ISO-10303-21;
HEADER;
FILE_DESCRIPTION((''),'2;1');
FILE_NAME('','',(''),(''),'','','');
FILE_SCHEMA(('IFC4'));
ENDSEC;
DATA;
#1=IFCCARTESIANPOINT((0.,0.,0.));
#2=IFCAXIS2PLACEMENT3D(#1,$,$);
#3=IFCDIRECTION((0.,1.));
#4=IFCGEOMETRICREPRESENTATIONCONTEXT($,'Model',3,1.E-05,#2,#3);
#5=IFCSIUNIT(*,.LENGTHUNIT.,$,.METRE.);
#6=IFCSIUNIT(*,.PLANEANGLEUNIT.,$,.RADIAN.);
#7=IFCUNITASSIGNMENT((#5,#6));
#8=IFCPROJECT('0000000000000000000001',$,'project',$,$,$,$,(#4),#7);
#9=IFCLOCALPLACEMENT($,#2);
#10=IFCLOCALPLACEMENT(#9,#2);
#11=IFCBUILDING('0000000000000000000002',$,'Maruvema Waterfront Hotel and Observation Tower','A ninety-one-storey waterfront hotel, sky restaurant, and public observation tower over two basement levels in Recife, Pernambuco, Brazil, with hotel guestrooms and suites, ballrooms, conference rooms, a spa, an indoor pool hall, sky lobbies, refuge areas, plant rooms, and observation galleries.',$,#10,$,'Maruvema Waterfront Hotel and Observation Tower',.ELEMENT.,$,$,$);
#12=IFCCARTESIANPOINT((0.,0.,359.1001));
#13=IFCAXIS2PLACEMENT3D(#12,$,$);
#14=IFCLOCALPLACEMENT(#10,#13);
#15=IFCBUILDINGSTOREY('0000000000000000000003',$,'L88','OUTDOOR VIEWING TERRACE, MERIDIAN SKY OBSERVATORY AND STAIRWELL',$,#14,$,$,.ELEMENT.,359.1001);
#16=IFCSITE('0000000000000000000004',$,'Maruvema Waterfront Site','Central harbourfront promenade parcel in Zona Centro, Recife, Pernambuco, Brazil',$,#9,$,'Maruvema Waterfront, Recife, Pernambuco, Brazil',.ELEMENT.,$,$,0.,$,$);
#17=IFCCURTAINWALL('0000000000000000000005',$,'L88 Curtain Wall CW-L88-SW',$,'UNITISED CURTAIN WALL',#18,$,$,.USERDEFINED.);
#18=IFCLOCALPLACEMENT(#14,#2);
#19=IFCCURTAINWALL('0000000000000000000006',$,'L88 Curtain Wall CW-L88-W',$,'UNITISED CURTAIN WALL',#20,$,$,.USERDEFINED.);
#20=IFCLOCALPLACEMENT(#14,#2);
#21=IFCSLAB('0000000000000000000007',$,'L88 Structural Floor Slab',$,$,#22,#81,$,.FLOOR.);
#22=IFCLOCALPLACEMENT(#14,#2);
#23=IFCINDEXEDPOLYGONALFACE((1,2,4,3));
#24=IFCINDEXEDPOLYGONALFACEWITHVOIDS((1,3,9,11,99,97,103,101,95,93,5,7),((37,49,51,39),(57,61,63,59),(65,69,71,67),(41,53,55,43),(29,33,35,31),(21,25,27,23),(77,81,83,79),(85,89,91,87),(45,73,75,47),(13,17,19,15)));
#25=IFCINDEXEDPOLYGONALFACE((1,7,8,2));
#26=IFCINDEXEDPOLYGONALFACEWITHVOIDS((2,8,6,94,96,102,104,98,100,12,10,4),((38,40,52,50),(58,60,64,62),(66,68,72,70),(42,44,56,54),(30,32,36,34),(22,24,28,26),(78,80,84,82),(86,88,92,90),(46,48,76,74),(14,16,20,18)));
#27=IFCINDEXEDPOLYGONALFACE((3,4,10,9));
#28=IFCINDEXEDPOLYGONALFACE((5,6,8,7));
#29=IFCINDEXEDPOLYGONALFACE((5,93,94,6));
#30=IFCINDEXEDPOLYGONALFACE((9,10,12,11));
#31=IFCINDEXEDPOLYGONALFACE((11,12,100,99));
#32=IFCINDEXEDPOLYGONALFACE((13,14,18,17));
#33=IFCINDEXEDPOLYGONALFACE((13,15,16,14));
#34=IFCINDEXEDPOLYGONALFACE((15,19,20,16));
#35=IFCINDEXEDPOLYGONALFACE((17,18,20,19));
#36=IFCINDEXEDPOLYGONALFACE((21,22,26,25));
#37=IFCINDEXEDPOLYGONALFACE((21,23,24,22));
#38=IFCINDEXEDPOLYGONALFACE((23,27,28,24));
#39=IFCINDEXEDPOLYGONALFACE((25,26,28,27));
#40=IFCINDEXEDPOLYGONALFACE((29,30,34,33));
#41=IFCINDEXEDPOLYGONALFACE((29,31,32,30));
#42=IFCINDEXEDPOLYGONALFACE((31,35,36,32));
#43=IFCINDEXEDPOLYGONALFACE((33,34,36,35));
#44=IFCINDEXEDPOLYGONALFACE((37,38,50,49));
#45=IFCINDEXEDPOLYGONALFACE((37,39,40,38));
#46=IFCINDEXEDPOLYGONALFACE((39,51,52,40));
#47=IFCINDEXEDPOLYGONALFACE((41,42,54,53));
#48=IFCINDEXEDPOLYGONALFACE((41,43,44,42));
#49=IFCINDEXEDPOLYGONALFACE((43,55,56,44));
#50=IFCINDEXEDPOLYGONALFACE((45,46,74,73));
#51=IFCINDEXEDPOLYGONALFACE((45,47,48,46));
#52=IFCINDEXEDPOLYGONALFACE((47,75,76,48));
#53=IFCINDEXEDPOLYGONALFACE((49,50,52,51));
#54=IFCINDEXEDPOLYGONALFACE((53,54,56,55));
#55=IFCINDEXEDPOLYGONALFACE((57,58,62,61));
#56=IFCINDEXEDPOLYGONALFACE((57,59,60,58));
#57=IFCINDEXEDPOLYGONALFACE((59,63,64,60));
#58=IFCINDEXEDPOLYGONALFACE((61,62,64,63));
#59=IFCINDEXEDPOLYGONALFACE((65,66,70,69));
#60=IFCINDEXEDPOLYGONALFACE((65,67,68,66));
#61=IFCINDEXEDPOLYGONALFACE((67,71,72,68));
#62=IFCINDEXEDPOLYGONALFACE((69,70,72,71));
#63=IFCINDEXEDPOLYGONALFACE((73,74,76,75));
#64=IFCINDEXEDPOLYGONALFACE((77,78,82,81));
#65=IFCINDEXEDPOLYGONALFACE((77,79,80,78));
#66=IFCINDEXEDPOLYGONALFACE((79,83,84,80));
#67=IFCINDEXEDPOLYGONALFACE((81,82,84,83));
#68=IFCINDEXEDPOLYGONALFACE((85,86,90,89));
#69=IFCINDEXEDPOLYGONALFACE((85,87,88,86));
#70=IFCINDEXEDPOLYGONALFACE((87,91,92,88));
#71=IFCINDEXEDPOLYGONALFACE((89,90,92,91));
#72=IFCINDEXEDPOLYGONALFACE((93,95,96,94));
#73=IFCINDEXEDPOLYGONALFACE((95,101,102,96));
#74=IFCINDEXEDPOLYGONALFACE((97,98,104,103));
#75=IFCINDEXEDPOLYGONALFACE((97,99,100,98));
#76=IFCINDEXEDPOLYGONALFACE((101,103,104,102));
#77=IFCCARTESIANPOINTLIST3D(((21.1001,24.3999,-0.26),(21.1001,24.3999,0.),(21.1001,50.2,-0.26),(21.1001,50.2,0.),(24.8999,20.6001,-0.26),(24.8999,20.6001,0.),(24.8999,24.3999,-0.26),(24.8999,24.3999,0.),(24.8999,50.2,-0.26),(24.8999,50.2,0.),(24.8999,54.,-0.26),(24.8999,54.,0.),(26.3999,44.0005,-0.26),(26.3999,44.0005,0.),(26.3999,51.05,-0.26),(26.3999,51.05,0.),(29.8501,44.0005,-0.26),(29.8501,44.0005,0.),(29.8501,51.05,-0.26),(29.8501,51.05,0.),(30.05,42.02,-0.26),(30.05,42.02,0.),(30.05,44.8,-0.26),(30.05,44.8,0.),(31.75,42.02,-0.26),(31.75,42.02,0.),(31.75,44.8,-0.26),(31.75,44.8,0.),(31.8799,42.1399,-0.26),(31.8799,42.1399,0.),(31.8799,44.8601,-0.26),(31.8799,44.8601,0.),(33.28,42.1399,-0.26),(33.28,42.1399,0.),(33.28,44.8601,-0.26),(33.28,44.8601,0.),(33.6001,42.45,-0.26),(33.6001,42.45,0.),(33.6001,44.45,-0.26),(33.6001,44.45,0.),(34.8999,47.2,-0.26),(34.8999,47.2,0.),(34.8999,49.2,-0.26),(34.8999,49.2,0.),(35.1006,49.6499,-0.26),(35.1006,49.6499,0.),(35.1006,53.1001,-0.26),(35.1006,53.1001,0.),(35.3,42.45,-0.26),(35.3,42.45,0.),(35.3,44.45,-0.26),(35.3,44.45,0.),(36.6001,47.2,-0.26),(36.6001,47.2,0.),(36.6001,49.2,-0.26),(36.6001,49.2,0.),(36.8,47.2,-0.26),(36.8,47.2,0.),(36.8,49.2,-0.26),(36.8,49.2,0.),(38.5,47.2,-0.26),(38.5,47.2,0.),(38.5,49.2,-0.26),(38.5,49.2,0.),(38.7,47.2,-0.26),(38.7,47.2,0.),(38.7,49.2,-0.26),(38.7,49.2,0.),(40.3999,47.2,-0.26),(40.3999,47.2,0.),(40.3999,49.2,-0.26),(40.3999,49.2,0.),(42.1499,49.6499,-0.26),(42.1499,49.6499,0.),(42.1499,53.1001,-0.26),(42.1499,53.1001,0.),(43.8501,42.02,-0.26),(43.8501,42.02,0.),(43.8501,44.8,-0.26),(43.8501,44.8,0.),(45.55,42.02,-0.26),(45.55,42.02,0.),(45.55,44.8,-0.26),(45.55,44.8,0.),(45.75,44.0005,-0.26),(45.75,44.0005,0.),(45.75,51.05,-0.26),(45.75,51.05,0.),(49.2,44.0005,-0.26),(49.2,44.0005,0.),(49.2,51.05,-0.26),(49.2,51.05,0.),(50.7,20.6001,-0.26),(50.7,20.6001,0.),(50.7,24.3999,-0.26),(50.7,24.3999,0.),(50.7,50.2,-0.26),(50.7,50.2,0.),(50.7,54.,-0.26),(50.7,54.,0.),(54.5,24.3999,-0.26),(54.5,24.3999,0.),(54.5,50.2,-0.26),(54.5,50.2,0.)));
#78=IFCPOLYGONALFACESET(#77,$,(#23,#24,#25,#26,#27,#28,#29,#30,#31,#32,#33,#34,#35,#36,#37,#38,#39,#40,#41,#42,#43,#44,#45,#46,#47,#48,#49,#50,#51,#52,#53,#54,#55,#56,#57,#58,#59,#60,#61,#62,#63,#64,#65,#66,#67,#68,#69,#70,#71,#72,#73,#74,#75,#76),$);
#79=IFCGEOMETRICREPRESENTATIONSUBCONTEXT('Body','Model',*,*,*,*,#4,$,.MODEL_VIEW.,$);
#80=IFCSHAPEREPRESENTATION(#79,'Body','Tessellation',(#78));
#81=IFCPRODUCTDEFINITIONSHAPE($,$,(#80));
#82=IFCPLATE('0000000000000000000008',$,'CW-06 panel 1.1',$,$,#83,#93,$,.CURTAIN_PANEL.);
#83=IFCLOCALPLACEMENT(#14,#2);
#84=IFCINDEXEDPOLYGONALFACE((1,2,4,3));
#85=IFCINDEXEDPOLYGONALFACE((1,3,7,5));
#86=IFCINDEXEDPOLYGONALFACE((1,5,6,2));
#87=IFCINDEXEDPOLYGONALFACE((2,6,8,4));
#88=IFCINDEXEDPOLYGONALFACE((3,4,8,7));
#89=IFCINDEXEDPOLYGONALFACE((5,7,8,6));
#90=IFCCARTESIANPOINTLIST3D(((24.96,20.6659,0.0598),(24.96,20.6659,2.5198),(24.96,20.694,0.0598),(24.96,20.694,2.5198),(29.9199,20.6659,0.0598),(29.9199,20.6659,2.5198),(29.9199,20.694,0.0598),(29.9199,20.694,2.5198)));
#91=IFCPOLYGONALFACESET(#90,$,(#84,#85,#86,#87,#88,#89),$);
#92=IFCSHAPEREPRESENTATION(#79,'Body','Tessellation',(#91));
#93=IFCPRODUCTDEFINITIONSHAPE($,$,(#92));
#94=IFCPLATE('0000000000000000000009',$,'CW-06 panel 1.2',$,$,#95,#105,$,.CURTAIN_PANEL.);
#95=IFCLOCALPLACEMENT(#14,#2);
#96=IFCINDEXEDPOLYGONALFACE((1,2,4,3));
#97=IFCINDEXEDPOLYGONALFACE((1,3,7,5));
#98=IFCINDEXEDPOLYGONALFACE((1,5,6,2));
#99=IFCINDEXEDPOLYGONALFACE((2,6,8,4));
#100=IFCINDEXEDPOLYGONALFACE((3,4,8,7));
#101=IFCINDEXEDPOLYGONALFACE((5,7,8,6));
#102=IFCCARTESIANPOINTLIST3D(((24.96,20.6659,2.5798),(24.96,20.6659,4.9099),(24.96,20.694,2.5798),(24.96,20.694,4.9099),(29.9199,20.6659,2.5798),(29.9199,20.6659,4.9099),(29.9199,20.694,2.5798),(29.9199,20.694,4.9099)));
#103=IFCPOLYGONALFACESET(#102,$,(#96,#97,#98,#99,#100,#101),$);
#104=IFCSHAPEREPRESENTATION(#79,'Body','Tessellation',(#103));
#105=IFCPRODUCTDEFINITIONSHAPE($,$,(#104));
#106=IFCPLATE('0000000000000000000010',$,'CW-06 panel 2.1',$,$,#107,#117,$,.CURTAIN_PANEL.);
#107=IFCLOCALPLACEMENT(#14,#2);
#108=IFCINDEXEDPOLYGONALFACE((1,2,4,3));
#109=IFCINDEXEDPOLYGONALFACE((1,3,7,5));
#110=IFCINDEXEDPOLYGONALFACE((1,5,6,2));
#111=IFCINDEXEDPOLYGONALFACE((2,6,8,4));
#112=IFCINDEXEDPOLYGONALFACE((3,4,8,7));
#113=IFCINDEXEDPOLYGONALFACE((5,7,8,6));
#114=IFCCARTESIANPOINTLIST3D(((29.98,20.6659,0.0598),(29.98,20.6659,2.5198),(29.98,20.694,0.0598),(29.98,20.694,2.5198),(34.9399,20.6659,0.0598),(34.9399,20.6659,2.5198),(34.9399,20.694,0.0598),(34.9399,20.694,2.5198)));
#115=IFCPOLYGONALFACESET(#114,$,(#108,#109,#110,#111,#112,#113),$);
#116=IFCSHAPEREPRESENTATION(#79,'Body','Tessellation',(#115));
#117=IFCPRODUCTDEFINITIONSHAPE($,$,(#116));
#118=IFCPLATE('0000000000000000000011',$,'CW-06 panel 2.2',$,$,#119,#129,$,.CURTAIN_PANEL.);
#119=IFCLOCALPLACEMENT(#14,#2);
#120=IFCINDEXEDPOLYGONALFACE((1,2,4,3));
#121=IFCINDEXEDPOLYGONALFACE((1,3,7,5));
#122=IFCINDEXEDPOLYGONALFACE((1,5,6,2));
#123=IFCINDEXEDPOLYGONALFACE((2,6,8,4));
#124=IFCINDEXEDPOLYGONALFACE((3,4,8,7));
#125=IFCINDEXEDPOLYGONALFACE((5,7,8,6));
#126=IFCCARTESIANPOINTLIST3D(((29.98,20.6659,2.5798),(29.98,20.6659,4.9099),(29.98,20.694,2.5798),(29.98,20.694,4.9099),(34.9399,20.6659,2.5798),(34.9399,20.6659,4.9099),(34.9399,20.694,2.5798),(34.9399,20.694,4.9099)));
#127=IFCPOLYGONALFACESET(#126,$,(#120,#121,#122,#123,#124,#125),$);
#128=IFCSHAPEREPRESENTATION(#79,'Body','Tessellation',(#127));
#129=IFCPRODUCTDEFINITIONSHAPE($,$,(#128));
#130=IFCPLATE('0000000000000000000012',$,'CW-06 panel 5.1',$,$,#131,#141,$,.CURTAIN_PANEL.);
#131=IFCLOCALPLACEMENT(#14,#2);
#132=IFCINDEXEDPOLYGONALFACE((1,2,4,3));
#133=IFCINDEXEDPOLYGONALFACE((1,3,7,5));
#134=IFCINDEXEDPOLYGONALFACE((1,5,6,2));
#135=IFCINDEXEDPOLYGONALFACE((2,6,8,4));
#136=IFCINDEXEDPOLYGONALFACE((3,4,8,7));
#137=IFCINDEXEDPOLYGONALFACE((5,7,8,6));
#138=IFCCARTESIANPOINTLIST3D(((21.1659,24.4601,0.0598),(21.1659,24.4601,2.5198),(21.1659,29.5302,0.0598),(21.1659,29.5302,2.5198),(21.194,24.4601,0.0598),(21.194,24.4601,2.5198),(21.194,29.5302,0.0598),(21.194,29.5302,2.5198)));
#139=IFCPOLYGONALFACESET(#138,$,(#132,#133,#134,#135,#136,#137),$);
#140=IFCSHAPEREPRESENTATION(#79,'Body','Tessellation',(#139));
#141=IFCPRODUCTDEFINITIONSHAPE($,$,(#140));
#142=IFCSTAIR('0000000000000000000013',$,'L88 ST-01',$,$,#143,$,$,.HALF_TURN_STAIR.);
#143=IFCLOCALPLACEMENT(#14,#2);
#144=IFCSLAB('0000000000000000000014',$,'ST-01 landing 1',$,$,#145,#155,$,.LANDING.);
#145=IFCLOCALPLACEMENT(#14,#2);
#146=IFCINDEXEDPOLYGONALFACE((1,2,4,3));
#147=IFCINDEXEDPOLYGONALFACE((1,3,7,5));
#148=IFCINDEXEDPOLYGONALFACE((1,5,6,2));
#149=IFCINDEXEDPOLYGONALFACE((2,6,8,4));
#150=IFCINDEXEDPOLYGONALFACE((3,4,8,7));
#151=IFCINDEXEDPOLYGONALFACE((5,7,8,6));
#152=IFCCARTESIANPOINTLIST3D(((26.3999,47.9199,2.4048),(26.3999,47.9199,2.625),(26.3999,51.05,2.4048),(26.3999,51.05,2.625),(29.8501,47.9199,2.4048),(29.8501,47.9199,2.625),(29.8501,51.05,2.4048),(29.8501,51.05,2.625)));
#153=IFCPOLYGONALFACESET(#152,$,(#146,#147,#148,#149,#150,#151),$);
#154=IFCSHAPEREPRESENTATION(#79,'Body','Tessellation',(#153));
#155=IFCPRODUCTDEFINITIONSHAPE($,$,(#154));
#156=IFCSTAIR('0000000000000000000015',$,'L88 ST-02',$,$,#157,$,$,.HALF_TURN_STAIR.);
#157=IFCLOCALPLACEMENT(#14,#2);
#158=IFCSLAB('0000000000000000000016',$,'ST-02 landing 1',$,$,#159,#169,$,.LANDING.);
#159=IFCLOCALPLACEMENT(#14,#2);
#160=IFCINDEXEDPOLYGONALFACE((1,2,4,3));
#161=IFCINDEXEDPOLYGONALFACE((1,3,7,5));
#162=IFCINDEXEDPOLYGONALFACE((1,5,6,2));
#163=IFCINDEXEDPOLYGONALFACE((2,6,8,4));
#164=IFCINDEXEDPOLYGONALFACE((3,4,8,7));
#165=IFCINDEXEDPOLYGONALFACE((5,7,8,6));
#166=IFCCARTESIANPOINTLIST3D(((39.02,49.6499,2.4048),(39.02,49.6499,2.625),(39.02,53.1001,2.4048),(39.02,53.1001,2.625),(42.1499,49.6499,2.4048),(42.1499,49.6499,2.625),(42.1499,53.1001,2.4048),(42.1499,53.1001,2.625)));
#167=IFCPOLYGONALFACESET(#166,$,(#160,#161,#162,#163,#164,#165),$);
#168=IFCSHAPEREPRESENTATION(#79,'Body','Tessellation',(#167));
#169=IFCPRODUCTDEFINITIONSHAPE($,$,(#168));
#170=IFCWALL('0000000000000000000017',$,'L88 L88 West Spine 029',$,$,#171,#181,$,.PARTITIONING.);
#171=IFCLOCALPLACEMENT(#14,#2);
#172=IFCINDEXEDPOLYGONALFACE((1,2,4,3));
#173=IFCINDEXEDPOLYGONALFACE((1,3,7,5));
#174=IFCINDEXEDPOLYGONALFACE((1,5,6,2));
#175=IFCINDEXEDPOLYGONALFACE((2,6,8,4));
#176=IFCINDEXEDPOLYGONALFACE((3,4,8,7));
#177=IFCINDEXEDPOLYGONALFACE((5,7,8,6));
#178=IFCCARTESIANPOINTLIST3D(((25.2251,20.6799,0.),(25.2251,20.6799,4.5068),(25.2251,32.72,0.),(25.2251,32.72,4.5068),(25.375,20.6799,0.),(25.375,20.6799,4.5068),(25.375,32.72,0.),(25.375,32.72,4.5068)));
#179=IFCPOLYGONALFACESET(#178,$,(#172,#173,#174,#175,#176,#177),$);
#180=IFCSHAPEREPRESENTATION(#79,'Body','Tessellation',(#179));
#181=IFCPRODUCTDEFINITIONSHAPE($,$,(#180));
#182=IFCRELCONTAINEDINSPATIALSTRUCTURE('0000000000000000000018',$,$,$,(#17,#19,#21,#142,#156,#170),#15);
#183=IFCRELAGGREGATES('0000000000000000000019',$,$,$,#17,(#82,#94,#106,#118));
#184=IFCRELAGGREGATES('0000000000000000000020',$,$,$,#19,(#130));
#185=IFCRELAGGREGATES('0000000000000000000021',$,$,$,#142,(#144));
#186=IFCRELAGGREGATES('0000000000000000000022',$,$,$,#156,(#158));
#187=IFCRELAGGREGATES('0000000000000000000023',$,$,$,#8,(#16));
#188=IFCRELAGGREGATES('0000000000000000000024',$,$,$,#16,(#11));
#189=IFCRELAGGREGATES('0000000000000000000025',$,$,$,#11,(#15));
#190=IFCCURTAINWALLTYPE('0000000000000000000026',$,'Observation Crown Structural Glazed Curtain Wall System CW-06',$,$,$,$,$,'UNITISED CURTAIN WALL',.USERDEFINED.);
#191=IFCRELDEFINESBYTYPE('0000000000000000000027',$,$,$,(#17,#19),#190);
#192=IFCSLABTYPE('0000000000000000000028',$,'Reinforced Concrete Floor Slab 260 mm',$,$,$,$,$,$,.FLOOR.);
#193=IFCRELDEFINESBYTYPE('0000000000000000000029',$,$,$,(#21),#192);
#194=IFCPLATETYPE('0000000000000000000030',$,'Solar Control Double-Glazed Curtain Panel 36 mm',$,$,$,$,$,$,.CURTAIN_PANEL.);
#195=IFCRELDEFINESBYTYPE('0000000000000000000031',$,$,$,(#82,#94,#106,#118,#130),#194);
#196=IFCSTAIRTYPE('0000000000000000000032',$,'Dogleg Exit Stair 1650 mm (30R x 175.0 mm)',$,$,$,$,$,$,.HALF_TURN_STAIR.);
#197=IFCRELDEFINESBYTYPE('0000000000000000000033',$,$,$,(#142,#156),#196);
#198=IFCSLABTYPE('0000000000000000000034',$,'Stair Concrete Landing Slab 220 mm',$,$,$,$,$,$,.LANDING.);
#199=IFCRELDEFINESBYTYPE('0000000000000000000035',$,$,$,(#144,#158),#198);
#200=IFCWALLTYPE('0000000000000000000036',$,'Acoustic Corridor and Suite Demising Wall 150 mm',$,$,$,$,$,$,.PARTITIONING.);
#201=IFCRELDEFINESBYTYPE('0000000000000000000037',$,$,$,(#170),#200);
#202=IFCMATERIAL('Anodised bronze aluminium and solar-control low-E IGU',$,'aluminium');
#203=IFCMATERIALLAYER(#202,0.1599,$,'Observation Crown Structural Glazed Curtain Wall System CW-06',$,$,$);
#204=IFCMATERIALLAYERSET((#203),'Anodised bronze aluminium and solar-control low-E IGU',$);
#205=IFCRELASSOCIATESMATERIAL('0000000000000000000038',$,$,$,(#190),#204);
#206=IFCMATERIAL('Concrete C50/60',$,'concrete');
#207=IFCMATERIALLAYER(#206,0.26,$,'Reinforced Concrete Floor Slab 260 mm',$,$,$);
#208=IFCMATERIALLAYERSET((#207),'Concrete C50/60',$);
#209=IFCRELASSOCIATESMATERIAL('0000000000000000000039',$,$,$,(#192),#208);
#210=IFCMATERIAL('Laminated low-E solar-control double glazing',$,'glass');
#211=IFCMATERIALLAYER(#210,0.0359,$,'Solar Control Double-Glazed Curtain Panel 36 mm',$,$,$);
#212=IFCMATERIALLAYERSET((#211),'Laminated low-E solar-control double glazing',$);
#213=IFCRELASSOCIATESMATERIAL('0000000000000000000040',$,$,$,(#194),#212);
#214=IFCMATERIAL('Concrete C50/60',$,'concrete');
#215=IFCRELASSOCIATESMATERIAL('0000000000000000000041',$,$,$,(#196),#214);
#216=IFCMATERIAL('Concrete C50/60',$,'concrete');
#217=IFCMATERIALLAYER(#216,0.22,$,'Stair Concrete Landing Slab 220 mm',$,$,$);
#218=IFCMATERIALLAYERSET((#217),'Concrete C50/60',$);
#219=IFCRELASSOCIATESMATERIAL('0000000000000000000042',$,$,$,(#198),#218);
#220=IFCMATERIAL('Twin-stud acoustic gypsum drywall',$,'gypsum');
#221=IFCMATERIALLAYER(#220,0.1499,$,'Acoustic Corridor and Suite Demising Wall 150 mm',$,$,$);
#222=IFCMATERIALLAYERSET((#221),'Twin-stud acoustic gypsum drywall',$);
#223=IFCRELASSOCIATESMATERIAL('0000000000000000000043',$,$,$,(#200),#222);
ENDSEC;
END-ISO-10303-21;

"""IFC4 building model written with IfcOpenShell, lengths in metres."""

from ifc_helpers import new_model, si_unit, direction, frame, frame_2d, origin, origin_2d, place, context, subcontext, project, spatial, polyline, rectangle, outline, extrude, material, layer, layer_set, type_object, element, aggregate, save


model = new_model("IFC4")

# Units and contexts
model_context = context("Model", 3, precision=1e-05, world=origin(), true_north=direction((0.0, 1.0)))
body_context = subcontext(model_context, "Body", "Model", "MODEL_VIEW")
ifc_project = project(units=[si_unit("LENGTHUNIT", "METRE"), si_unit("PLANEANGLEUNIT", "RADIAN")], contexts=[model_context])

# Site, building, storey
site_placement = place(None, origin())
site = spatial("IfcSite", under=ifc_project, at=site_placement, Name="Maruvema Waterfront Site", Description="Central harbourfront promenade parcel in Zona Centro, Recife, Pernambuco, Brazil", LongName="Maruvema Waterfront, Recife, Pernambuco, Brazil", CompositionType="ELEMENT", RefElevation=0.0)
building_placement = place(site_placement, origin())
building = spatial("IfcBuilding", under=site, at=building_placement, Name="Maruvema Waterfront Hotel and Observation Tower", Description="A ninety-one-storey waterfront hotel, sky restaurant, and public observation tower over two basement levels in Recife, Pernambuco, Brazil, with hotel guestrooms and suites, ballrooms, conference rooms, a spa, an indoor pool hall, sky lobbies, refuge areas, plant rooms, and observation galleries.", LongName="Maruvema Waterfront Hotel and Observation Tower", CompositionType="ELEMENT")
storey_placement = place(building_placement, frame((0.0, 0.0, 359.1001)))
storey = spatial("IfcBuildingStorey", under=building, at=storey_placement, Name="L88", Description="OUTDOOR VIEWING TERRACE, MERIDIAN SKY OBSERVATORY AND STAIRWELL", CompositionType="ELEMENT", Elevation=359.1001)

# Curtain wall
ifc_material_1 = material(Name="Anodised bronze aluminium and solar-control low-E IGU", Category="aluminium")
ifc_layer_1 = layer(ifc_material_1, 0.1599, Name="Observation Crown Structural Glazed Curtain Wall System CW-06")
ifc_layer_set_1 = layer_set([ifc_layer_1], Name="Anodised bronze aluminium and solar-control low-E IGU")
curtain_wall_type = type_object("IfcCurtainWallType", Name="Observation Crown Structural Glazed Curtain Wall System CW-06", ElementType="UNITISED CURTAIN WALL", PredefinedType="USERDEFINED", material=ifc_layer_set_1)
curtain_wall_1_placement = place(storey_placement, origin())
curtain_wall_1 = element("IfcCurtainWall", 1, at=curtain_wall_1_placement, inside=storey, type_object=curtain_wall_type, Name="L88 Curtain Wall CW-L88-SW", ObjectType="UNITISED CURTAIN WALL", PredefinedType="USERDEFINED")

# Curtain wall
curtain_wall_2_placement = place(storey_placement, origin())
curtain_wall_2 = element("IfcCurtainWall", 2, at=curtain_wall_2_placement, inside=storey, type_object=curtain_wall_type, Name="L88 Curtain Wall CW-L88-W", ObjectType="UNITISED CURTAIN WALL", PredefinedType="USERDEFINED")

# Slab
ifc_material_2 = material(Name="Concrete C50/60", Category="concrete")
ifc_layer_2 = layer(ifc_material_2, 0.26, Name="Reinforced Concrete Floor Slab 260 mm")
ifc_layer_set_2 = layer_set([ifc_layer_2], Name="Concrete C50/60")
slab_type_1 = type_object("IfcSlabType", Name="Reinforced Concrete Floor Slab 260 mm", PredefinedType="FLOOR", material=ifc_layer_set_2)
slab_1_placement = place(storey_placement, frame((0.0, 0.0, -0.26)))
element("IfcSlab", 3, at=slab_1_placement, inside=storey, type_object=slab_type_1, Name="L88 Structural Floor Slab", PredefinedType="FLOOR", context=body_context, shape_type="SweptSolid", body=[
    extrude(outline(polyline([(24.8999, 20.6001), (50.7, 20.6001), (50.7, 24.3999), (54.5, 24.3999), (54.5, 50.2), (50.7, 50.2), (50.7, 54.0), (24.8999, 54.0), (24.8999, 50.2), (21.1001, 50.2), (21.1001, 24.3999), (24.8999, 24.3999), (24.8999, 20.6001)]), holes=[polyline([(26.3999, 44.0005), (26.3999, 51.05), (29.8501, 51.05), (29.8501, 44.0005), (26.3999, 44.0005)]), polyline([(30.05, 42.02), (30.05, 44.8), (31.75, 44.8), (31.75, 42.02), (30.05, 42.02)]), polyline([(31.8799, 44.8601), (33.28, 44.8601), (33.28, 42.1399), (31.8799, 42.1399), (31.8799, 44.8601)]), polyline([(33.6001, 42.45), (33.6001, 44.45), (35.3, 44.45), (35.3, 42.45), (33.6001, 42.45)]), polyline([(34.8999, 47.2), (34.8999, 49.2), (36.6001, 49.2), (36.6001, 47.2), (34.8999, 47.2)]), polyline([(36.8, 47.2), (36.8, 49.2), (38.5, 49.2), (38.5, 47.2), (36.8, 47.2)]), polyline([(35.1006, 53.1001), (42.1499, 53.1001), (42.1499, 49.6499), (35.1006, 49.6499), (35.1006, 53.1001)]), polyline([(38.7, 49.2), (40.3999, 49.2), (40.3999, 47.2), (38.7, 47.2), (38.7, 49.2)]), polyline([(43.8501, 42.02), (43.8501, 44.8), (45.55, 44.8), (45.55, 42.02), (43.8501, 42.02)]), polyline([(49.2, 44.0005), (45.75, 44.0005), (45.75, 51.05), (49.2, 51.05), (49.2, 44.0005)])]), origin(), (0.0, 0.0, 1.0), 0.26),
])

# Plates
ifc_material_3 = material(Name="Laminated low-E solar-control double glazing", Category="glass")
ifc_layer_3 = layer(ifc_material_3, 0.0359, Name="Solar Control Double-Glazed Curtain Panel 36 mm")
ifc_layer_set_3 = layer_set([ifc_layer_3], Name="Laminated low-E solar-control double glazing")
plate_type = type_object("IfcPlateType", Name="Solar Control Double-Glazed Curtain Panel 36 mm", PredefinedType="CURTAIN_PANEL", material=ifc_layer_set_3)
plate_1_placement = place(storey_placement, frame((27.4399, 20.6799, 0.0598), z_axis=(0.0, 0.0, 1.0), x_axis=(1.0, 0.0, 0.0)))
plate_1 = element("IfcPlate", 4, at=plate_1_placement, type_object=plate_type, Name="CW-06 panel 1.1", PredefinedType="CURTAIN_PANEL", context=body_context, shape_type="SweptSolid", body=[
    extrude(rectangle(XDim=4.96, YDim=0.0281, at=origin_2d()), origin(), (0.0, 0.0, 1.0), 2.46),
])
plate_2_placement = place(storey_placement, frame((27.4399, 20.6799, 2.5798), z_axis=(0.0, 0.0, 1.0), x_axis=(1.0, 0.0, 0.0)))
plate_2 = element("IfcPlate", 5, at=plate_2_placement, type_object=plate_type, Name="CW-06 panel 1.2", PredefinedType="CURTAIN_PANEL", context=body_context, shape_type="SweptSolid", body=[
    extrude(rectangle(XDim=4.96, YDim=0.0281, at=origin_2d()), origin(), (0.0, 0.0, 1.0), 2.3301),
])
plate_3_placement = place(storey_placement, frame((32.46, 20.6799, 0.0598), z_axis=(0.0, 0.0, 1.0), x_axis=(1.0, 0.0, 0.0)))
plate_3 = element("IfcPlate", 6, at=plate_3_placement, type_object=plate_type, Name="CW-06 panel 2.1", PredefinedType="CURTAIN_PANEL", context=body_context, shape_type="SweptSolid", body=[
    extrude(rectangle(XDim=4.96, YDim=0.0281, at=origin_2d()), origin(), (0.0, 0.0, 1.0), 2.46),
])
plate_4_placement = place(storey_placement, frame((32.46, 20.6799, 2.5798), z_axis=(0.0, 0.0, 1.0), x_axis=(1.0, 0.0, 0.0)))
plate_4 = element("IfcPlate", 7, at=plate_4_placement, type_object=plate_type, Name="CW-06 panel 2.2", PredefinedType="CURTAIN_PANEL", context=body_context, shape_type="SweptSolid", body=[
    extrude(rectangle(XDim=4.96, YDim=0.0281, at=origin_2d()), origin(), (0.0, 0.0, 1.0), 2.3301),
])
aggregate(curtain_wall_1, [plate_1, plate_2, plate_3, plate_4])
plate_5_placement = place(storey_placement, frame((21.1799, 26.9951, 0.0598), z_axis=(0.0, 0.0, 1.0), x_axis=(0.0, -1.0, 0.0)))
plate_5 = element("IfcPlate", 8, at=plate_5_placement, type_object=plate_type, Name="CW-06 panel 5.1", PredefinedType="CURTAIN_PANEL", context=body_context, shape_type="SweptSolid", body=[
    extrude(rectangle(XDim=5.0701, YDim=0.0281, at=origin_2d()), origin(), (0.0, 0.0, 1.0), 2.46),
])
aggregate(curtain_wall_2, [plate_5])

# Stairs, slabs
ifc_material_4 = material(Name="Concrete C50/60", Category="concrete")
stair_type = type_object("IfcStairType", Name="Dogleg Exit Stair 1650 mm (30R x 175.0 mm)", PredefinedType="HALF_TURN_STAIR", material=ifc_material_4)
stair_1_placement = place(storey_placement, origin())
stair_1 = element("IfcStair", 9, at=stair_1_placement, inside=storey, type_object=stair_type, Name="L88 ST-01", PredefinedType="HALF_TURN_STAIR")
ifc_material_5 = material(Name="Concrete C50/60", Category="concrete")
ifc_layer_4 = layer(ifc_material_5, 0.22, Name="Stair Concrete Landing Slab 220 mm")
ifc_layer_set_4 = layer_set([ifc_layer_4], Name="Concrete C50/60")
slab_type_2 = type_object("IfcSlabType", Name="Stair Concrete Landing Slab 220 mm", PredefinedType="LANDING", material=ifc_layer_set_4)
slab_2_placement = place(storey_placement, frame((0.0, 0.0, 2.4048)))
slab_2 = element("IfcSlab", 10, at=slab_2_placement, type_object=slab_type_2, Name="ST-01 landing 1", PredefinedType="LANDING", context=body_context, shape_type="SweptSolid", body=[
    extrude(outline(polyline([(29.8501, 47.9199), (29.8501, 51.05), (26.3999, 51.05), (26.3999, 47.9199), (29.8501, 47.9199)])), origin(), (0.0, 0.0, 1.0), 0.2202),
])
aggregate(stair_1, [slab_2])
stair_2_placement = place(storey_placement, origin())
stair_2 = element("IfcStair", 11, at=stair_2_placement, inside=storey, type_object=stair_type, Name="L88 ST-02", PredefinedType="HALF_TURN_STAIR")
slab_3_placement = place(storey_placement, frame((0.0, 0.0, 2.4048)))
slab_3 = element("IfcSlab", 12, at=slab_3_placement, type_object=slab_type_2, Name="ST-02 landing 1", PredefinedType="LANDING", context=body_context, shape_type="SweptSolid", body=[
    extrude(outline(polyline([(39.02, 49.6499), (42.1499, 49.6499), (42.1499, 53.1001), (39.02, 53.1001), (39.02, 49.6499)])), origin(), (0.0, 0.0, 1.0), 0.2202),
])
aggregate(stair_2, [slab_3])

# Wall
ifc_material_6 = material(Name="Twin-stud acoustic gypsum drywall", Category="gypsum")
ifc_layer_5 = layer(ifc_material_6, 0.1499, Name="Acoustic Corridor and Suite Demising Wall 150 mm")
ifc_layer_set_5 = layer_set([ifc_layer_5], Name="Twin-stud acoustic gypsum drywall")
wall_type_1 = type_object("IfcWallType", Name="Acoustic Corridor and Suite Demising Wall 150 mm", PredefinedType="PARTITIONING", material=ifc_layer_set_5)
wall_1_placement = place(storey_placement, frame((25.3, 20.6799, 0.0), z_axis=(0.0, 0.0, 1.0), x_axis=(0.0, 1.0, 0.0)))
element("IfcWall", 13, at=wall_1_placement, inside=storey, type_object=wall_type_1, Name="L88 L88 West Spine 029", PredefinedType="PARTITIONING", context=body_context, shape_type="SweptSolid", body=[
    extrude(rectangle(XDim=12.04, YDim=0.1499, at=frame_2d((6.02, 0.0))), origin(), (0.0, 0.0, 1.0), 4.5068),
])

save(model, "model.ifc")
